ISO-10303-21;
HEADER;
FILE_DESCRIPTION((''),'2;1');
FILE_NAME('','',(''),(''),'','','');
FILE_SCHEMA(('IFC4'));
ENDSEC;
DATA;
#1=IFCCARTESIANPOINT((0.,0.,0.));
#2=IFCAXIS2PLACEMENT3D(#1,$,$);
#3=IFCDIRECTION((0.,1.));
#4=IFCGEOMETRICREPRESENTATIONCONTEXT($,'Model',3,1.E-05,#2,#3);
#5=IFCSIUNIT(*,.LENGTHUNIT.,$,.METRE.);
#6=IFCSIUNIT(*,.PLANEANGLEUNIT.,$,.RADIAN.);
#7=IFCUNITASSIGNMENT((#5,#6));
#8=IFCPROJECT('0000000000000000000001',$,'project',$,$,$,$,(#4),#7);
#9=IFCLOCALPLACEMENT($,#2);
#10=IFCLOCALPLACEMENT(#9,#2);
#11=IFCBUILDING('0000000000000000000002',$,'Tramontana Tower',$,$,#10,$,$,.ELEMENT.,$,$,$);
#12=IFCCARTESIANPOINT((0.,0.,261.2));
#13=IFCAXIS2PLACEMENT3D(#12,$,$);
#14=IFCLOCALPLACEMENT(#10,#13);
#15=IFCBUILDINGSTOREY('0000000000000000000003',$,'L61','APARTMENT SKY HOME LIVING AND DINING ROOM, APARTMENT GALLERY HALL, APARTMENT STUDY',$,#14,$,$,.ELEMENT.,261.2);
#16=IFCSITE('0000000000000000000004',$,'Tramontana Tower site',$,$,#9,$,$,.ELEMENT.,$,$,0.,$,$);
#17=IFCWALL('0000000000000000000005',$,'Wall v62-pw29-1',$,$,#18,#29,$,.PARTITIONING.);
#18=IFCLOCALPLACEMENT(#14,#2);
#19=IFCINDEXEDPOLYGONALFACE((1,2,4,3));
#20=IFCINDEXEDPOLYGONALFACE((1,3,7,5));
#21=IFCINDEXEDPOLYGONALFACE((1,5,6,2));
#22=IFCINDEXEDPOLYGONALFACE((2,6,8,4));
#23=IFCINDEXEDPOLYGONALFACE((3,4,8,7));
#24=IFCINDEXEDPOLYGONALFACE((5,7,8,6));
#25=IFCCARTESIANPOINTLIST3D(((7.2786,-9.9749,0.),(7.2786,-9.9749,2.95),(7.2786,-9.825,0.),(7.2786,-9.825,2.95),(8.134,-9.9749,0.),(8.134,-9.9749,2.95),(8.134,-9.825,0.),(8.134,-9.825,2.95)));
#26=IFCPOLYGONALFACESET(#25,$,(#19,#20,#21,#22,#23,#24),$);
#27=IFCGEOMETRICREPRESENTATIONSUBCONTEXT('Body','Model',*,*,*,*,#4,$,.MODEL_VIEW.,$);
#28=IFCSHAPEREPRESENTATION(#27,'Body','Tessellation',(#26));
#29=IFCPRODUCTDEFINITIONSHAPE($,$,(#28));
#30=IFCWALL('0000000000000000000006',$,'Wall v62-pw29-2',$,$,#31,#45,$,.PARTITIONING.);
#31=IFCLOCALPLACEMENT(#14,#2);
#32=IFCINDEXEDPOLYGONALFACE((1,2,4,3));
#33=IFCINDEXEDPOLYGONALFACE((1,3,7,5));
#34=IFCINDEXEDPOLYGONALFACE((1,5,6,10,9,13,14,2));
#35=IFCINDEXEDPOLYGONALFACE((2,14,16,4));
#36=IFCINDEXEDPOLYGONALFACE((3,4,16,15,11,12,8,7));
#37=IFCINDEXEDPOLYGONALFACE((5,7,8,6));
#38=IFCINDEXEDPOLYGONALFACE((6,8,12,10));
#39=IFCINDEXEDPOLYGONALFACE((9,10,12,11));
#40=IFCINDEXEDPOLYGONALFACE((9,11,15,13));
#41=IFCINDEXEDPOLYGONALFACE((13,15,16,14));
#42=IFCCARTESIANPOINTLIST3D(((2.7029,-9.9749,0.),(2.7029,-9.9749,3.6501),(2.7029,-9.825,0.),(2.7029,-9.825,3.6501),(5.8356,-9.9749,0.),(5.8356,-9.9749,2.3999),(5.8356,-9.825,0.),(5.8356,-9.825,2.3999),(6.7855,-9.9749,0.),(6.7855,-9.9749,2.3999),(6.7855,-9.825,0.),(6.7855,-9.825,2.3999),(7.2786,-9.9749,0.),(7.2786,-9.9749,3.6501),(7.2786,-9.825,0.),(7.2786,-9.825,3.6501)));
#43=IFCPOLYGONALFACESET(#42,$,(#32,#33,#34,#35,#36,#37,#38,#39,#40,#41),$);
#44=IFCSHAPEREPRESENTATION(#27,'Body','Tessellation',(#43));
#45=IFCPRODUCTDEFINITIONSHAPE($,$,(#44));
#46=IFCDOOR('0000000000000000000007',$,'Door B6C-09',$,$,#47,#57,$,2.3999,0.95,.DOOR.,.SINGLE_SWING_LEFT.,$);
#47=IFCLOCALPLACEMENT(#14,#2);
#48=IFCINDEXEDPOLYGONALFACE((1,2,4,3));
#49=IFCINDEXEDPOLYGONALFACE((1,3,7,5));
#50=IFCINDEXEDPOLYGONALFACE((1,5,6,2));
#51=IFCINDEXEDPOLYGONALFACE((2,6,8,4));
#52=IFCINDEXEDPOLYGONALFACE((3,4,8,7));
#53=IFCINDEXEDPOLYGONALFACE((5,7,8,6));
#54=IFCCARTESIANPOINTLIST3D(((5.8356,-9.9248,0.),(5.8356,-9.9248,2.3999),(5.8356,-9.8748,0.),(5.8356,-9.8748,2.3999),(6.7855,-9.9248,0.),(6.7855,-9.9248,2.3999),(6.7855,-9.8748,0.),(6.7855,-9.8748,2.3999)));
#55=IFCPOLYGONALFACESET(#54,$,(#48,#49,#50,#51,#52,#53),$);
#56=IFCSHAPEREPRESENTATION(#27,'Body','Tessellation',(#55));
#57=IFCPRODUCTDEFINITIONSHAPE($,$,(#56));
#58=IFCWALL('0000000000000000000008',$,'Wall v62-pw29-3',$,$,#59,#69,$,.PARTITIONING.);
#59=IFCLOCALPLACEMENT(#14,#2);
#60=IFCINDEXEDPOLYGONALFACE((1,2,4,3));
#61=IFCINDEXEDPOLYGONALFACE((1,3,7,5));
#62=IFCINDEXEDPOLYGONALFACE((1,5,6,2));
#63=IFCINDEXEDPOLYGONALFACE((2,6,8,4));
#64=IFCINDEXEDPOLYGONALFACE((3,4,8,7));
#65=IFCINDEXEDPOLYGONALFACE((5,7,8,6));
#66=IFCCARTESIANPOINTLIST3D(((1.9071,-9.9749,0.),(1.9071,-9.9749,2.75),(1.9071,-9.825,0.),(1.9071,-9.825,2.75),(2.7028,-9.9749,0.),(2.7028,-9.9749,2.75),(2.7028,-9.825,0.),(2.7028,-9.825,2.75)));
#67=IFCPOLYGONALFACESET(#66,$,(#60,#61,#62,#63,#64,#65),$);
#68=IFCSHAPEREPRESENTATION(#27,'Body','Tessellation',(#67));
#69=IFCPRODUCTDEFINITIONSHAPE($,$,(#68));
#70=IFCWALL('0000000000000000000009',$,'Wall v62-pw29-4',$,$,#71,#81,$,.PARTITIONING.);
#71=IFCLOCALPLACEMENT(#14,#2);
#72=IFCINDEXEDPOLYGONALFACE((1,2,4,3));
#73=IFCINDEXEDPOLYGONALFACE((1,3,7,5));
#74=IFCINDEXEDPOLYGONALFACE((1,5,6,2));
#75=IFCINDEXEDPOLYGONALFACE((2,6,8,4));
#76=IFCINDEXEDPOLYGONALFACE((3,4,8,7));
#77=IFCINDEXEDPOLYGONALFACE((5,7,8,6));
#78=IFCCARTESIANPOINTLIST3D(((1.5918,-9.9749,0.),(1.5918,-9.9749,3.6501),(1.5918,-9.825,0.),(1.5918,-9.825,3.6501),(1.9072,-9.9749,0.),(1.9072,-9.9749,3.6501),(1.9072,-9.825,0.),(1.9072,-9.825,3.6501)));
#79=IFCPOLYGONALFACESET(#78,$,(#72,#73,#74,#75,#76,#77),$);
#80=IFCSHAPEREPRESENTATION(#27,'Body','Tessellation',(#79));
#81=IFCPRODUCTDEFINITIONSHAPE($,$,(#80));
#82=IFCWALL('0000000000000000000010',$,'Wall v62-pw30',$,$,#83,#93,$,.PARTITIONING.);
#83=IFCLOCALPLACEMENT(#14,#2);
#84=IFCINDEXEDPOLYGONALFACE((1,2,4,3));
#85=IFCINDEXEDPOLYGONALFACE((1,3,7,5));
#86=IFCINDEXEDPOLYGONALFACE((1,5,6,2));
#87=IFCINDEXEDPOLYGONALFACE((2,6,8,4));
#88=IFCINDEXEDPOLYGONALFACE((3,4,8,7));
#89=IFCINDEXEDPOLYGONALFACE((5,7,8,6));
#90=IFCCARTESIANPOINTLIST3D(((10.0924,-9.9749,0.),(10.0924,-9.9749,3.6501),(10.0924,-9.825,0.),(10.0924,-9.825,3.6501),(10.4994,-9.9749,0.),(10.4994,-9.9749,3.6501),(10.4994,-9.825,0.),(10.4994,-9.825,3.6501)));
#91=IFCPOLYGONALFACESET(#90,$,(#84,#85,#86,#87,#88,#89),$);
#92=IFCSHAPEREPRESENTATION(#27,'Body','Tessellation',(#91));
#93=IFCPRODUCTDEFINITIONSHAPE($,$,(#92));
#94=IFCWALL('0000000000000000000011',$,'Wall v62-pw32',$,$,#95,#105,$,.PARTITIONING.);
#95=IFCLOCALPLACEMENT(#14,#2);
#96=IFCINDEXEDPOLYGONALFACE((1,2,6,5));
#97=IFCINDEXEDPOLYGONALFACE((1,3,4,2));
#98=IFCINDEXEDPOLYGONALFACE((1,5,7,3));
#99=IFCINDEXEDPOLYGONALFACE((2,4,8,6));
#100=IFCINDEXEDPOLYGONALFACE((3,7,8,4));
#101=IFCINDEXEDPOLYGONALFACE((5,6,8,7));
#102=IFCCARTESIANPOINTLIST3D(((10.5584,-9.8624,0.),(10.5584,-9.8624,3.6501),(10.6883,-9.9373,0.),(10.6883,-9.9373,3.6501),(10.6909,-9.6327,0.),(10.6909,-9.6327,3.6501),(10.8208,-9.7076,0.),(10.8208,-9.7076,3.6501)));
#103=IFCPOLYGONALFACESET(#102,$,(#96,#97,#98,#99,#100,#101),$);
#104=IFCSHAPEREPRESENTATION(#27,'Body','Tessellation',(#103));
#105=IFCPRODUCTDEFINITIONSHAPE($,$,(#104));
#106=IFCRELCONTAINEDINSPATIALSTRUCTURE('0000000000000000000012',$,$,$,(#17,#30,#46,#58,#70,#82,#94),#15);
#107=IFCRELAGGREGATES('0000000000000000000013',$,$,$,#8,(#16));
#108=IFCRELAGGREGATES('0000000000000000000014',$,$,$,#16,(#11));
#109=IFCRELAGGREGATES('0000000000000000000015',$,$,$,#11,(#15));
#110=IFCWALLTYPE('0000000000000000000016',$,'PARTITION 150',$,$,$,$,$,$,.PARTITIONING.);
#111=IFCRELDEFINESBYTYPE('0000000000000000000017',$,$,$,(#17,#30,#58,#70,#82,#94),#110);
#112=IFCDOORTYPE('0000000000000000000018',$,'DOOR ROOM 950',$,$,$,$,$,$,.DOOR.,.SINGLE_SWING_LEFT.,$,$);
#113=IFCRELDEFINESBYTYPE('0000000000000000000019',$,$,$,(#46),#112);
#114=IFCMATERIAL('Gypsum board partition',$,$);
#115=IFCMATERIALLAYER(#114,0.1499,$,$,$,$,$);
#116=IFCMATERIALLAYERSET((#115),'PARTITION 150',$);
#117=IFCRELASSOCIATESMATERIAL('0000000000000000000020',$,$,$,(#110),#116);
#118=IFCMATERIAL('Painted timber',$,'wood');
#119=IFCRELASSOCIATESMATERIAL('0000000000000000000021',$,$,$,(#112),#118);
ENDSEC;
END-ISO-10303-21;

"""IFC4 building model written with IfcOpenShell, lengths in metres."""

from ifc_helpers import new_model, si_unit, direction, frame, frame_2d, origin, place, context, subcontext, project, spatial, rectangle, extrude, material, layer, layer_set, type_object, element, fill, save


model = new_model("IFC4")

# Units and contexts
model_context = context("Model", 3, precision=1e-05, world=origin(), true_north=direction((0.0, 1.0)))
body_context = subcontext(model_context, "Body", "Model", "MODEL_VIEW")
ifc_project = project(units=[si_unit("LENGTHUNIT", "METRE"), si_unit("PLANEANGLEUNIT", "RADIAN")], contexts=[model_context])

# Site, building, storey
site_placement = place(None, origin())
site = spatial("IfcSite", under=ifc_project, at=site_placement, Name="Tramontana Tower site", CompositionType="ELEMENT", RefElevation=0.0)
building_placement = place(site_placement, origin())
building = spatial("IfcBuilding", under=site, at=building_placement, Name="Tramontana Tower", CompositionType="ELEMENT")
storey_placement = place(building_placement, frame((0.0, 0.0, 261.2)))
storey = spatial("IfcBuildingStorey", under=building, at=storey_placement, Name="L61", Description="APARTMENT SKY HOME LIVING AND DINING ROOM, APARTMENT GALLERY HALL, APARTMENT STUDY", CompositionType="ELEMENT", Elevation=261.2)

# Shared definitions
ifc_material_1 = material(Name="Gypsum board partition")
ifc_layer_1 = layer(ifc_material_1, 0.1499)
ifc_layer_set_1 = layer_set([ifc_layer_1], Name="PARTITION 150")
wall_type_1 = type_object("IfcWallType", Name="PARTITION 150", PredefinedType="PARTITIONING", material=ifc_layer_set_1)

# Wall
wall_1_placement = place(storey_placement, frame((8.134, -9.8999, 0.0), z_axis=(0.0, 0.0, 1.0), x_axis=(-1.0, 0.0, 0.0)))
element("IfcWall", 1, at=wall_1_placement, inside=storey, type_object=wall_type_1, Name="Wall v62-pw29-1", PredefinedType="PARTITIONING", context=body_context, shape_type="SweptSolid", body=[
    extrude(rectangle(XDim=0.8555, YDim=0.1499, at=frame_2d((0.4277, 0.0))), origin(), (0.0, 0.0, 1.0), 2.95),
])

# Wall, opening, door
wall_2_placement = place(storey_placement, frame((7.2786, -9.8999, 0.0), z_axis=(0.0, 0.0, 1.0), x_axis=(-1.0, 0.0, 0.0)))
wall_2 = element("IfcWall", 2, at=wall_2_placement, inside=storey, type_object=wall_type_1, Name="Wall v62-pw29-2", PredefinedType="PARTITIONING", context=body_context, shape_type="SweptSolid", body=[
    extrude(rectangle(XDim=4.5757, YDim=0.1499, at=frame_2d((2.2878, 0.0))), origin(), (0.0, 0.0, 1.0), 3.6501),
])
opening_1_placement = place(wall_2_placement, frame((0.4929, 0.0, 0.0)))
opening_1 = element("IfcOpeningElement", 3, at=opening_1_placement, cuts=wall_2, PredefinedType="OPENING", context=body_context, shape_type="SweptSolid", body=[
    extrude(rectangle(XDim=0.95, YDim=2.3999, at=frame_2d((0.4751, 1.2))), frame((0.0, 0.085, 0.0), z_axis=(0.0, -1.0, 0.0), x_axis=(1.0, 0.0, 0.0)), (0.0, 0.0, 1.0), 0.1699),
])
ifc_material_2 = material(Name="Painted timber", Category="wood")
door_type_1 = type_object("IfcDoorType", Name="DOOR ROOM 950", OperationType="SINGLE_SWING_LEFT", PredefinedType="DOOR", material=ifc_material_2)
door_1_placement = place(opening_1_placement, origin())
door_1 = element("IfcDoor", 4, at=door_1_placement, inside=storey, type_object=door_type_1, Name="Door B6C-09", OperationType="SINGLE_SWING_LEFT", OverallHeight=2.3999, OverallWidth=0.95, PredefinedType="DOOR", context=body_context, shape_type="SweptSolid", body=[
    extrude(rectangle(XDim=0.95, YDim=2.3999, at=frame_2d((0.4751, 1.2))), frame((0.0, 0.0249, 0.0), z_axis=(0.0, -1.0, 0.0), x_axis=(1.0, 0.0, 0.0)), (0.0, 0.0, 1.0), 0.05),
])
fill(opening_1, door_1)

# Walls
wall_3_placement = place(storey_placement, frame((2.7029, -9.8999, 0.0), z_axis=(0.0, 0.0, 1.0), x_axis=(-1.0, 0.0, 0.0)))
element("IfcWall", 5, at=wall_3_placement, inside=storey, type_object=wall_type_1, Name="Wall v62-pw29-3", PredefinedType="PARTITIONING", context=body_context, shape_type="SweptSolid", body=[
    extrude(rectangle(XDim=0.7957, YDim=0.1499, at=frame_2d((0.3979, 0.0))), origin(), (0.0, 0.0, 1.0), 2.75),
])
wall_4_placement = place(storey_placement, frame((1.9072, -9.8999, 0.0), z_axis=(0.0, 0.0, 1.0), x_axis=(-1.0, 0.0, 0.0)))
element("IfcWall", 6, at=wall_4_placement, inside=storey, type_object=wall_type_1, Name="Wall v62-pw29-4", PredefinedType="PARTITIONING", context=body_context, shape_type="SweptSolid", body=[
    extrude(rectangle(XDim=0.3154, YDim=0.1499, at=frame_2d((0.1577, 0.0))), origin(), (0.0, 0.0, 1.0), 3.6501),
])
wall_5_placement = place(storey_placement, frame((10.0923, -9.8999, 0.0), z_axis=(0.0, 0.0, 1.0), x_axis=(1.0, 0.0, 0.0)))
element("IfcWall", 7, at=wall_5_placement, inside=storey, type_object=wall_type_1, Name="Wall v62-pw30", PredefinedType="PARTITIONING", context=body_context, shape_type="SweptSolid", body=[
    extrude(rectangle(XDim=0.407, YDim=0.1499, at=frame_2d((0.2036, 0.0))), origin(), (0.0, 0.0, 1.0), 3.6501),
])
wall_6_placement = place(storey_placement, frame((10.7559, -9.6702, 0.0), z_axis=(0.0, 0.0, 1.0), x_axis=(-0.499802, -0.86614, 0.0)))
element("IfcWall", 8, at=wall_6_placement, inside=storey, type_object=wall_type_1, Name="Wall v62-pw32", PredefinedType="PARTITIONING", context=body_context, shape_type="SweptSolid", body=[
    extrude(rectangle(XDim=0.2651, YDim=0.1499, at=frame_2d((0.1326, 0.0))), origin(), (0.0, 0.0, 1.0), 3.6501),
])

save(model, "model.ifc")
